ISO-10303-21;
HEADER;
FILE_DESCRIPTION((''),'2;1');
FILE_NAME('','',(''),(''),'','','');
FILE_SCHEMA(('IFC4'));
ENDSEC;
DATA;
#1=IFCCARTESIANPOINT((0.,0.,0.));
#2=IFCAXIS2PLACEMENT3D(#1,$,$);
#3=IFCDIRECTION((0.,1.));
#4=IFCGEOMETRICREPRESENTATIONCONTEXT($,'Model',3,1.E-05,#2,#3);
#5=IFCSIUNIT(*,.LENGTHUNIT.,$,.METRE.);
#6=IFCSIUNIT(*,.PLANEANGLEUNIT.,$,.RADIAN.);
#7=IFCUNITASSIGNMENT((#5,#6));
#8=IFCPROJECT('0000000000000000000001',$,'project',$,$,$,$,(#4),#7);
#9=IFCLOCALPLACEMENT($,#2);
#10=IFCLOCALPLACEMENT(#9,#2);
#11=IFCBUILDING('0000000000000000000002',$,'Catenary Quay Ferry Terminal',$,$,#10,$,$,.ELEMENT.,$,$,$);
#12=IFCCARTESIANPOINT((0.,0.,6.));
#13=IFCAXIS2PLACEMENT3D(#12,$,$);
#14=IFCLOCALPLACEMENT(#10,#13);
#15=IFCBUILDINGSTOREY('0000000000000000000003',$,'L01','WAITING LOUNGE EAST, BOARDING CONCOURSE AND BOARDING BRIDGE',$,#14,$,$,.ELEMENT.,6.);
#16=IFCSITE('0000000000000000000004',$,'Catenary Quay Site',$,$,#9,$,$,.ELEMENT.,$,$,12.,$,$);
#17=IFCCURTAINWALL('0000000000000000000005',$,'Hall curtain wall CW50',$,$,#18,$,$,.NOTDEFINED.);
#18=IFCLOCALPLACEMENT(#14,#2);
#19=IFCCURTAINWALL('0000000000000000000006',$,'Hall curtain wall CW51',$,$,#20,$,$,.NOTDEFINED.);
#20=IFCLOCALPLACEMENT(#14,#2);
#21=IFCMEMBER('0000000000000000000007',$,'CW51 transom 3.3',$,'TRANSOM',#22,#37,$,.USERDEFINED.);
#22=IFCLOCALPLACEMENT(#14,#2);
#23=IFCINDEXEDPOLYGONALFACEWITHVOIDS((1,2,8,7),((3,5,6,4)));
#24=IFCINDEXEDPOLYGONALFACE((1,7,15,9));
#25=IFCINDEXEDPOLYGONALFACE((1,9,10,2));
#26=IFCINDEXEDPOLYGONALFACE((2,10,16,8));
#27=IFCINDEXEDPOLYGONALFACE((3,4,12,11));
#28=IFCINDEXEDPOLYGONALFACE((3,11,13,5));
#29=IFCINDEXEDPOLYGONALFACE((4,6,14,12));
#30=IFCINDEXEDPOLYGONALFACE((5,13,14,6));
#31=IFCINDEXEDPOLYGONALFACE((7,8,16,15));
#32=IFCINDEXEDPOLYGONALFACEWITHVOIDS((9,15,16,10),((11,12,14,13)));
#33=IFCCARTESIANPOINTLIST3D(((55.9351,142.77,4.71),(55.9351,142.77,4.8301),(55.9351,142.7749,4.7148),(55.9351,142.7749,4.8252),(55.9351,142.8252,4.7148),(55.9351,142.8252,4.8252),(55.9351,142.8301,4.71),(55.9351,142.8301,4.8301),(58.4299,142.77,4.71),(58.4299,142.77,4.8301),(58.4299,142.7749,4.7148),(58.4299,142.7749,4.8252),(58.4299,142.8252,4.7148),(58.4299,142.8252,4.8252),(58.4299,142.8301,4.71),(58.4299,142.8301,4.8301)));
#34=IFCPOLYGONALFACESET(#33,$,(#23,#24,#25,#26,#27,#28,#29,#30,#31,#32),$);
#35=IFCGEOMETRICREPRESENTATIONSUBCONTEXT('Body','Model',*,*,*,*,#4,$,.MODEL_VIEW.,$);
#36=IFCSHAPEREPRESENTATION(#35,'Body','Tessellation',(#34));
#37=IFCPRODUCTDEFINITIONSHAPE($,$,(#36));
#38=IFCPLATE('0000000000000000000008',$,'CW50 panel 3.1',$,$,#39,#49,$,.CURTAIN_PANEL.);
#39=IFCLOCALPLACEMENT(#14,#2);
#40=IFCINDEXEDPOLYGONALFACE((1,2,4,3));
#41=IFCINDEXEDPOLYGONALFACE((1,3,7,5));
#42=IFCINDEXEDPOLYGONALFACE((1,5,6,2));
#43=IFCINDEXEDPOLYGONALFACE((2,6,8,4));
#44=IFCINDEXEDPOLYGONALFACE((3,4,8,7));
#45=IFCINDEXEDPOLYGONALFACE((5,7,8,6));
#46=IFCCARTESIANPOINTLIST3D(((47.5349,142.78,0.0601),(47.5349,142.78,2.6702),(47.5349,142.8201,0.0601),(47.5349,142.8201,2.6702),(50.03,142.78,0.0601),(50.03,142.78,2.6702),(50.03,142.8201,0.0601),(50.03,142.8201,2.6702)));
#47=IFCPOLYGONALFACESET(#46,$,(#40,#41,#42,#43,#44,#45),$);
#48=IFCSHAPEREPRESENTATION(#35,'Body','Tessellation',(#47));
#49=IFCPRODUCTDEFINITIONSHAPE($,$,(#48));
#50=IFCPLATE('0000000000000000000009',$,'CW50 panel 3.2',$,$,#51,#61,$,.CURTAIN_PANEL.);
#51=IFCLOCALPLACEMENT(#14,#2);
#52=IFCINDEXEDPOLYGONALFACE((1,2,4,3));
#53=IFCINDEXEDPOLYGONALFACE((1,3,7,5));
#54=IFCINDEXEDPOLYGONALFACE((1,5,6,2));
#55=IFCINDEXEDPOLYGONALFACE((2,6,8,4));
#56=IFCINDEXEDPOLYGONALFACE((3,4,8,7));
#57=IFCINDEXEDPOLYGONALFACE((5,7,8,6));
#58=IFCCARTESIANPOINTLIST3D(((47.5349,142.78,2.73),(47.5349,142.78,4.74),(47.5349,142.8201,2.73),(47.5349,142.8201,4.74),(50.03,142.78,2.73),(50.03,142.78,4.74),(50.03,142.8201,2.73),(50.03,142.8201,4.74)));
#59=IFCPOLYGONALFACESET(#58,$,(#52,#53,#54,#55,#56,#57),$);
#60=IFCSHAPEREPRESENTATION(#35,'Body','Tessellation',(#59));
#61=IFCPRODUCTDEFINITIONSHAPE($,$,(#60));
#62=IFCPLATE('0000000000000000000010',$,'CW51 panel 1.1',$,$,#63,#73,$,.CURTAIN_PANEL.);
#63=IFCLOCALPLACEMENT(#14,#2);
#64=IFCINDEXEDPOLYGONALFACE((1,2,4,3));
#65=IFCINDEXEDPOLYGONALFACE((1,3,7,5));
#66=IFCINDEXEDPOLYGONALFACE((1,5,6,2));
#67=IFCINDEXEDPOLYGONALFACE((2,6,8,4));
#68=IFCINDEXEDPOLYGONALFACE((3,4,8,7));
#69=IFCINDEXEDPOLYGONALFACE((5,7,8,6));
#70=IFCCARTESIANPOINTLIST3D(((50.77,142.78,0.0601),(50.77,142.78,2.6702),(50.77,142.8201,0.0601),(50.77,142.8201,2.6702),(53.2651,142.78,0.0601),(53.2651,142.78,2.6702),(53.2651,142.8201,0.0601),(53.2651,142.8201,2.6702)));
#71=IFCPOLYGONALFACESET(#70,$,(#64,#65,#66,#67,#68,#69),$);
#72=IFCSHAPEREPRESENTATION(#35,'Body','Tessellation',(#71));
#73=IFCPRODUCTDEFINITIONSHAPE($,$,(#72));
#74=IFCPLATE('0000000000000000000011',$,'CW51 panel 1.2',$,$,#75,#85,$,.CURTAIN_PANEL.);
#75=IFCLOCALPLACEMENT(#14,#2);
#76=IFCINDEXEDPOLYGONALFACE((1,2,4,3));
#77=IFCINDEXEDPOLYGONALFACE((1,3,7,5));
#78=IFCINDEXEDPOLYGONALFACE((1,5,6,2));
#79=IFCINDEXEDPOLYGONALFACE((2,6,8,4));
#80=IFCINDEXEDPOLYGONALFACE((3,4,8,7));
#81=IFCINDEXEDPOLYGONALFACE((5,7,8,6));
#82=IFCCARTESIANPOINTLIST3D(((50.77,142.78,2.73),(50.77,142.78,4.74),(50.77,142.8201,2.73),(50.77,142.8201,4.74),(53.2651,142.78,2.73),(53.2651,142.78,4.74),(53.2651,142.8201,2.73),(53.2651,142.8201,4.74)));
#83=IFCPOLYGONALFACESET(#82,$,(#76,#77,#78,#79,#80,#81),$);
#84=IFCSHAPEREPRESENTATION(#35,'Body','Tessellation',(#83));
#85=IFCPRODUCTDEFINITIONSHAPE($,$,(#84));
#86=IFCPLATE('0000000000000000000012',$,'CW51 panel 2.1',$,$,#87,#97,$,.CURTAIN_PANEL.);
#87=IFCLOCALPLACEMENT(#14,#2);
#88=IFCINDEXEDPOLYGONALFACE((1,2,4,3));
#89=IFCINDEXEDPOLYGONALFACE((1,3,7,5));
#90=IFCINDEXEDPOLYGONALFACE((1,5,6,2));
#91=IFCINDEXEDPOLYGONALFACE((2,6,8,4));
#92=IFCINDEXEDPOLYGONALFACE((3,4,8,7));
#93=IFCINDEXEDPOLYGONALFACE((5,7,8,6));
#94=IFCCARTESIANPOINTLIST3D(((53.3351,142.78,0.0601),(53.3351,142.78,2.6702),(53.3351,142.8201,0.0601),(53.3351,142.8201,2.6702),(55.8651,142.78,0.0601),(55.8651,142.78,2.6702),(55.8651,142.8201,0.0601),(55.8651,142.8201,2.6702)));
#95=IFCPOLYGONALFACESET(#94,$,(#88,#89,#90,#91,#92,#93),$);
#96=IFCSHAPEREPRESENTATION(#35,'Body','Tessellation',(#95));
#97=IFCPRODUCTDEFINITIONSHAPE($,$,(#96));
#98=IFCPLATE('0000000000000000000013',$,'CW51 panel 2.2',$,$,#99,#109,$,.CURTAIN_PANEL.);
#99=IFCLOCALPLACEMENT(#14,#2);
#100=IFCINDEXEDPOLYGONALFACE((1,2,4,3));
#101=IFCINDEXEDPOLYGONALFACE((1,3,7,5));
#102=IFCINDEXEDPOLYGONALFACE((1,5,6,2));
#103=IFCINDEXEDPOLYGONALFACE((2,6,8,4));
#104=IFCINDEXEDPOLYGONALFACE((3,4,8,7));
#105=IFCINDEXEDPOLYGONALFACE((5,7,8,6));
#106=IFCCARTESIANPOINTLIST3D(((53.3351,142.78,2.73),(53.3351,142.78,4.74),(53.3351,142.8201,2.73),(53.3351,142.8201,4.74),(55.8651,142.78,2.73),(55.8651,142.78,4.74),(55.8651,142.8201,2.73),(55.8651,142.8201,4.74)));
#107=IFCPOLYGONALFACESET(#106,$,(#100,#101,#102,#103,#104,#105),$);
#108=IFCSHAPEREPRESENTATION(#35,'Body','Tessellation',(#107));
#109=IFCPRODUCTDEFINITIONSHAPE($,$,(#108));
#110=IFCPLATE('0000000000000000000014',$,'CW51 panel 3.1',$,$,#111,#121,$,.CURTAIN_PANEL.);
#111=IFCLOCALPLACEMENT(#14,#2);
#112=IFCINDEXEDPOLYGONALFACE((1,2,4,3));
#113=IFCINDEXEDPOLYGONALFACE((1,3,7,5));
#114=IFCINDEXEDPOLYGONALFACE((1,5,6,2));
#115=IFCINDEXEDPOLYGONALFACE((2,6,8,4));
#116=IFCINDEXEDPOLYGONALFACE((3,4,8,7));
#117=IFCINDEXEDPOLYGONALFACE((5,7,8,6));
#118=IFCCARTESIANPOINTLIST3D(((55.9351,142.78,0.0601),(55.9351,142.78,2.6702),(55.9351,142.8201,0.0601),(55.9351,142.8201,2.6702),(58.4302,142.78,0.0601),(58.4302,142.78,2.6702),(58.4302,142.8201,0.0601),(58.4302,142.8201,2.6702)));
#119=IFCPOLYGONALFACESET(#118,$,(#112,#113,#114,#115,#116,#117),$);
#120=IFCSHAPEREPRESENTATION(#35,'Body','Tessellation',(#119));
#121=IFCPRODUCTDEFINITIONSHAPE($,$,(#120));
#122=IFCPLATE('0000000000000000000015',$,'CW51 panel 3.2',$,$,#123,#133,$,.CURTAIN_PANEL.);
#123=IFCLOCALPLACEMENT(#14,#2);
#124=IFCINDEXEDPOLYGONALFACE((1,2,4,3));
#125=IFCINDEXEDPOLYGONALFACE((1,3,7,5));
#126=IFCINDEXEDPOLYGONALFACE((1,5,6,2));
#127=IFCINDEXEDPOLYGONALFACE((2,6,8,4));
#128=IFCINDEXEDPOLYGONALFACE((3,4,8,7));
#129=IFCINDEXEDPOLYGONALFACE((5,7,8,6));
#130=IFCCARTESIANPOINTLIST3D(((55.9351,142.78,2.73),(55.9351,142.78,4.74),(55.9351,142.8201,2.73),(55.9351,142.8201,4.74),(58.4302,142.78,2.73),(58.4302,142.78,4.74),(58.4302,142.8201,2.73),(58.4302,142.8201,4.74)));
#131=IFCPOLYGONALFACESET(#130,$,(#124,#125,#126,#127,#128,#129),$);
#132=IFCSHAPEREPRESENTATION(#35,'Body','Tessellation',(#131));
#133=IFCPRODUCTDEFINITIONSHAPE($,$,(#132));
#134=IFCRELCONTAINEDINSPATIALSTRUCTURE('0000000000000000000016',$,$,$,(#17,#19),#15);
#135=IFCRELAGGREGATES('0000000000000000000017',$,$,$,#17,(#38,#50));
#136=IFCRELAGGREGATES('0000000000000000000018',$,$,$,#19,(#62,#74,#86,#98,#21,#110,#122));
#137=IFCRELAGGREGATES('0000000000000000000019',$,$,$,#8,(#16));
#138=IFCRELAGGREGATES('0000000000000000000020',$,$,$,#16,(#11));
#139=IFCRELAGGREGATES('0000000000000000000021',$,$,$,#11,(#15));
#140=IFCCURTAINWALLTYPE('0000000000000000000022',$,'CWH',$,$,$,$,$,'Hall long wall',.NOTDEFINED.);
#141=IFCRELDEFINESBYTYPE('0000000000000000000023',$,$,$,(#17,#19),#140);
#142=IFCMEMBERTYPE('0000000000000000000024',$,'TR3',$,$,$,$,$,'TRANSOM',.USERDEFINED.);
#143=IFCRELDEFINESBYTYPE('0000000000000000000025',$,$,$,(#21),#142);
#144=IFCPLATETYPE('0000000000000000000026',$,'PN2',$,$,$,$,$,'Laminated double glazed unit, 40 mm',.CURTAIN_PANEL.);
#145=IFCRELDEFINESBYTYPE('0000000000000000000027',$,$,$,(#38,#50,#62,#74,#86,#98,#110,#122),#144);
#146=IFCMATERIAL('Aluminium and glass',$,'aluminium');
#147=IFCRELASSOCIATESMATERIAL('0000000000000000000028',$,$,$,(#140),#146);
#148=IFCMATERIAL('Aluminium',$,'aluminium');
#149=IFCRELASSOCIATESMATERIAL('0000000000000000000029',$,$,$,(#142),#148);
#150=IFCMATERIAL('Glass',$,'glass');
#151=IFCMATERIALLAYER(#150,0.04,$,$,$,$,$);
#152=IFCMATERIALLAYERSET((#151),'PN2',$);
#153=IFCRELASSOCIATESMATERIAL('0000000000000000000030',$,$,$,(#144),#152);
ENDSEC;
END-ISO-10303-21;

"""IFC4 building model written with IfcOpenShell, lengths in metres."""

from ifc_helpers import new_model, si_unit, direction, frame, origin, origin_2d, place, context, subcontext, project, spatial, rectangle, hollow_rectangle, extrude, material, layer, layer_set, material_profile, profile_set, type_object, element, aggregate, save


model = new_model("IFC4")

# Units and contexts
model_context = context("Model", 3, precision=1e-05, world=origin(), true_north=direction((0.0, 1.0)))
body_context = subcontext(model_context, "Body", "Model", "MODEL_VIEW")
ifc_project = project(units=[si_unit("LENGTHUNIT", "METRE"), si_unit("PLANEANGLEUNIT", "RADIAN")], contexts=[model_context])

# Site, building, storey
site_placement = place(None, origin())
site = spatial("IfcSite", under=ifc_project, at=site_placement, Name="Catenary Quay Site", CompositionType="ELEMENT", RefElevation=12.0)
building_placement = place(site_placement, origin())
building = spatial("IfcBuilding", under=site, at=building_placement, Name="Catenary Quay Ferry Terminal", CompositionType="ELEMENT")
storey_placement = place(building_placement, frame((0.0, 0.0, 6.0)))
storey = spatial("IfcBuildingStorey", under=building, at=storey_placement, Name="L01", Description="WAITING LOUNGE EAST, BOARDING CONCOURSE AND BOARDING BRIDGE", CompositionType="ELEMENT", Elevation=6.0)

# Curtain wall
ifc_material_1 = material(Name="Aluminium and glass", Category="aluminium")
curtain_wall_type = type_object("IfcCurtainWallType", Name="CWH", ElementType="Hall long wall", PredefinedType="NOTDEFINED", material=ifc_material_1)
curtain_wall_1_placement = place(storey_placement, origin())
curtain_wall_1 = element("IfcCurtainWall", 1, at=curtain_wall_1_placement, inside=storey, type_object=curtain_wall_type, Name="Hall curtain wall CW50", PredefinedType="NOTDEFINED")

# Curtain wall
curtain_wall_2_placement = place(storey_placement, origin())
curtain_wall_2 = element("IfcCurtainWall", 2, at=curtain_wall_2_placement, inside=storey, type_object=curtain_wall_type, Name="Hall curtain wall CW51", PredefinedType="NOTDEFINED")

# Member
ifc_material_2 = material(Name="Aluminium", Category="aluminium")
ifc_material_profile_1 = material_profile(ifc_material_2, hollow_rectangle(XDim=0.0601, YDim=0.1201, WallThickness=0.0049, at=origin_2d()), Name="TR3")
ifc_profile_set_1 = profile_set([ifc_material_profile_1], Name="Aluminium")
member_type_1 = type_object("IfcMemberType", Name="TR3", ElementType="TRANSOM", PredefinedType="USERDEFINED", material=ifc_profile_set_1)
member_1_placement = place(storey_placement, frame((55.9351, 142.8, 4.77), z_axis=(1.0, 0.0, 0.0), x_axis=(0.0, 1.0, 0.0)))
member_1 = element("IfcMember", 3, at=member_1_placement, type_object=member_type_1, Name="CW51 transom 3.3", ObjectType="TRANSOM", PredefinedType="USERDEFINED", context=body_context, shape_type="SweptSolid", body=[
    extrude(hollow_rectangle(XDim=0.0601, YDim=0.1201, WallThickness=0.0049, at=origin_2d()), origin(), (0.0, 0.0, 1.0), 2.4949),
])

# Plates
ifc_material_3 = material(Name="Glass", Category="glass")
ifc_layer = layer(ifc_material_3, 0.04)
ifc_layer_set = layer_set([ifc_layer], Name="PN2")
plate_type = type_object("IfcPlateType", Name="PN2", ElementType="Laminated double glazed unit, 40 mm", PredefinedType="CURTAIN_PANEL", material=ifc_layer_set)
plate_1_placement = place(storey_placement, frame((48.7825, 142.8, 0.0601), z_axis=(0.0, 0.0, 1.0), x_axis=(1.0, 0.0, 0.0)))
plate_1 = element("IfcPlate", 4, at=plate_1_placement, type_object=plate_type, Name="CW50 panel 3.1", PredefinedType="CURTAIN_PANEL", context=body_context, shape_type="SweptSolid", body=[
    extrude(rectangle(XDim=2.4951, YDim=0.04, at=origin_2d()), origin(), (0.0, 0.0, 1.0), 2.6101),
])
plate_2_placement = place(storey_placement, frame((48.7825, 142.8, 2.73), z_axis=(0.0, 0.0, 1.0), x_axis=(1.0, 0.0, 0.0)))
plate_2 = element("IfcPlate", 5, at=plate_2_placement, type_object=plate_type, Name="CW50 panel 3.2", PredefinedType="CURTAIN_PANEL", context=body_context, shape_type="SweptSolid", body=[
    extrude(rectangle(XDim=2.4951, YDim=0.04, at=origin_2d()), origin(), (0.0, 0.0, 1.0), 2.01),
])
aggregate(curtain_wall_1, [plate_1, plate_2])
plate_3_placement = place(storey_placement, frame((52.0176, 142.8, 0.0601), z_axis=(0.0, 0.0, 1.0), x_axis=(1.0, 0.0, 0.0)))
plate_3 = element("IfcPlate", 6, at=plate_3_placement, type_object=plate_type, Name="CW51 panel 1.1", PredefinedType="CURTAIN_PANEL", context=body_context, shape_type="SweptSolid", body=[
    extrude(rectangle(XDim=2.4951, YDim=0.04, at=origin_2d()), origin(), (0.0, 0.0, 1.0), 2.6101),
])
plate_4_placement = place(storey_placement, frame((52.0176, 142.8, 2.73), z_axis=(0.0, 0.0, 1.0), x_axis=(1.0, 0.0, 0.0)))
plate_4 = element("IfcPlate", 7, at=plate_4_placement, type_object=plate_type, Name="CW51 panel 1.2", PredefinedType="CURTAIN_PANEL", context=body_context, shape_type="SweptSolid", body=[
    extrude(rectangle(XDim=2.4951, YDim=0.04, at=origin_2d()), origin(), (0.0, 0.0, 1.0), 2.01),
])
plate_5_placement = place(storey_placement, frame((54.6001, 142.8, 0.0601), z_axis=(0.0, 0.0, 1.0), x_axis=(1.0, 0.0, 0.0)))
plate_5 = element("IfcPlate", 8, at=plate_5_placement, type_object=plate_type, Name="CW51 panel 2.1", PredefinedType="CURTAIN_PANEL", context=body_context, shape_type="SweptSolid", body=[
    extrude(rectangle(XDim=2.53, YDim=0.04, at=origin_2d()), origin(), (0.0, 0.0, 1.0), 2.6101),
])
plate_6_placement = place(storey_placement, frame((54.6001, 142.8, 2.73), z_axis=(0.0, 0.0, 1.0), x_axis=(1.0, 0.0, 0.0)))
plate_6 = element("IfcPlate", 9, at=plate_6_placement, type_object=plate_type, Name="CW51 panel 2.2", PredefinedType="CURTAIN_PANEL", context=body_context, shape_type="SweptSolid", body=[
    extrude(rectangle(XDim=2.53, YDim=0.04, at=origin_2d()), origin(), (0.0, 0.0, 1.0), 2.01),
])
plate_7_placement = place(storey_placement, frame((57.1826, 142.8, 0.0601), z_axis=(0.0, 0.0, 1.0), x_axis=(1.0, 0.0, 0.0)))
plate_7 = element("IfcPlate", 10, at=plate_7_placement, type_object=plate_type, Name="CW51 panel 3.1", PredefinedType="CURTAIN_PANEL", context=body_context, shape_type="SweptSolid", body=[
    extrude(rectangle(XDim=2.4951, YDim=0.04, at=origin_2d()), origin(), (0.0, 0.0, 1.0), 2.6101),
])
plate_8_placement = place(storey_placement, frame((57.1826, 142.8, 2.73), z_axis=(0.0, 0.0, 1.0), x_axis=(1.0, 0.0, 0.0)))
plate_8 = element("IfcPlate", 11, at=plate_8_placement, type_object=plate_type, Name="CW51 panel 3.2", PredefinedType="CURTAIN_PANEL", context=body_context, shape_type="SweptSolid", body=[
    extrude(rectangle(XDim=2.4951, YDim=0.04, at=origin_2d()), origin(), (0.0, 0.0, 1.0), 2.01),
])
aggregate(curtain_wall_2, [plate_3, plate_4, plate_5, plate_6, member_1, plate_7, plate_8])

save(model, "model.ifc")
